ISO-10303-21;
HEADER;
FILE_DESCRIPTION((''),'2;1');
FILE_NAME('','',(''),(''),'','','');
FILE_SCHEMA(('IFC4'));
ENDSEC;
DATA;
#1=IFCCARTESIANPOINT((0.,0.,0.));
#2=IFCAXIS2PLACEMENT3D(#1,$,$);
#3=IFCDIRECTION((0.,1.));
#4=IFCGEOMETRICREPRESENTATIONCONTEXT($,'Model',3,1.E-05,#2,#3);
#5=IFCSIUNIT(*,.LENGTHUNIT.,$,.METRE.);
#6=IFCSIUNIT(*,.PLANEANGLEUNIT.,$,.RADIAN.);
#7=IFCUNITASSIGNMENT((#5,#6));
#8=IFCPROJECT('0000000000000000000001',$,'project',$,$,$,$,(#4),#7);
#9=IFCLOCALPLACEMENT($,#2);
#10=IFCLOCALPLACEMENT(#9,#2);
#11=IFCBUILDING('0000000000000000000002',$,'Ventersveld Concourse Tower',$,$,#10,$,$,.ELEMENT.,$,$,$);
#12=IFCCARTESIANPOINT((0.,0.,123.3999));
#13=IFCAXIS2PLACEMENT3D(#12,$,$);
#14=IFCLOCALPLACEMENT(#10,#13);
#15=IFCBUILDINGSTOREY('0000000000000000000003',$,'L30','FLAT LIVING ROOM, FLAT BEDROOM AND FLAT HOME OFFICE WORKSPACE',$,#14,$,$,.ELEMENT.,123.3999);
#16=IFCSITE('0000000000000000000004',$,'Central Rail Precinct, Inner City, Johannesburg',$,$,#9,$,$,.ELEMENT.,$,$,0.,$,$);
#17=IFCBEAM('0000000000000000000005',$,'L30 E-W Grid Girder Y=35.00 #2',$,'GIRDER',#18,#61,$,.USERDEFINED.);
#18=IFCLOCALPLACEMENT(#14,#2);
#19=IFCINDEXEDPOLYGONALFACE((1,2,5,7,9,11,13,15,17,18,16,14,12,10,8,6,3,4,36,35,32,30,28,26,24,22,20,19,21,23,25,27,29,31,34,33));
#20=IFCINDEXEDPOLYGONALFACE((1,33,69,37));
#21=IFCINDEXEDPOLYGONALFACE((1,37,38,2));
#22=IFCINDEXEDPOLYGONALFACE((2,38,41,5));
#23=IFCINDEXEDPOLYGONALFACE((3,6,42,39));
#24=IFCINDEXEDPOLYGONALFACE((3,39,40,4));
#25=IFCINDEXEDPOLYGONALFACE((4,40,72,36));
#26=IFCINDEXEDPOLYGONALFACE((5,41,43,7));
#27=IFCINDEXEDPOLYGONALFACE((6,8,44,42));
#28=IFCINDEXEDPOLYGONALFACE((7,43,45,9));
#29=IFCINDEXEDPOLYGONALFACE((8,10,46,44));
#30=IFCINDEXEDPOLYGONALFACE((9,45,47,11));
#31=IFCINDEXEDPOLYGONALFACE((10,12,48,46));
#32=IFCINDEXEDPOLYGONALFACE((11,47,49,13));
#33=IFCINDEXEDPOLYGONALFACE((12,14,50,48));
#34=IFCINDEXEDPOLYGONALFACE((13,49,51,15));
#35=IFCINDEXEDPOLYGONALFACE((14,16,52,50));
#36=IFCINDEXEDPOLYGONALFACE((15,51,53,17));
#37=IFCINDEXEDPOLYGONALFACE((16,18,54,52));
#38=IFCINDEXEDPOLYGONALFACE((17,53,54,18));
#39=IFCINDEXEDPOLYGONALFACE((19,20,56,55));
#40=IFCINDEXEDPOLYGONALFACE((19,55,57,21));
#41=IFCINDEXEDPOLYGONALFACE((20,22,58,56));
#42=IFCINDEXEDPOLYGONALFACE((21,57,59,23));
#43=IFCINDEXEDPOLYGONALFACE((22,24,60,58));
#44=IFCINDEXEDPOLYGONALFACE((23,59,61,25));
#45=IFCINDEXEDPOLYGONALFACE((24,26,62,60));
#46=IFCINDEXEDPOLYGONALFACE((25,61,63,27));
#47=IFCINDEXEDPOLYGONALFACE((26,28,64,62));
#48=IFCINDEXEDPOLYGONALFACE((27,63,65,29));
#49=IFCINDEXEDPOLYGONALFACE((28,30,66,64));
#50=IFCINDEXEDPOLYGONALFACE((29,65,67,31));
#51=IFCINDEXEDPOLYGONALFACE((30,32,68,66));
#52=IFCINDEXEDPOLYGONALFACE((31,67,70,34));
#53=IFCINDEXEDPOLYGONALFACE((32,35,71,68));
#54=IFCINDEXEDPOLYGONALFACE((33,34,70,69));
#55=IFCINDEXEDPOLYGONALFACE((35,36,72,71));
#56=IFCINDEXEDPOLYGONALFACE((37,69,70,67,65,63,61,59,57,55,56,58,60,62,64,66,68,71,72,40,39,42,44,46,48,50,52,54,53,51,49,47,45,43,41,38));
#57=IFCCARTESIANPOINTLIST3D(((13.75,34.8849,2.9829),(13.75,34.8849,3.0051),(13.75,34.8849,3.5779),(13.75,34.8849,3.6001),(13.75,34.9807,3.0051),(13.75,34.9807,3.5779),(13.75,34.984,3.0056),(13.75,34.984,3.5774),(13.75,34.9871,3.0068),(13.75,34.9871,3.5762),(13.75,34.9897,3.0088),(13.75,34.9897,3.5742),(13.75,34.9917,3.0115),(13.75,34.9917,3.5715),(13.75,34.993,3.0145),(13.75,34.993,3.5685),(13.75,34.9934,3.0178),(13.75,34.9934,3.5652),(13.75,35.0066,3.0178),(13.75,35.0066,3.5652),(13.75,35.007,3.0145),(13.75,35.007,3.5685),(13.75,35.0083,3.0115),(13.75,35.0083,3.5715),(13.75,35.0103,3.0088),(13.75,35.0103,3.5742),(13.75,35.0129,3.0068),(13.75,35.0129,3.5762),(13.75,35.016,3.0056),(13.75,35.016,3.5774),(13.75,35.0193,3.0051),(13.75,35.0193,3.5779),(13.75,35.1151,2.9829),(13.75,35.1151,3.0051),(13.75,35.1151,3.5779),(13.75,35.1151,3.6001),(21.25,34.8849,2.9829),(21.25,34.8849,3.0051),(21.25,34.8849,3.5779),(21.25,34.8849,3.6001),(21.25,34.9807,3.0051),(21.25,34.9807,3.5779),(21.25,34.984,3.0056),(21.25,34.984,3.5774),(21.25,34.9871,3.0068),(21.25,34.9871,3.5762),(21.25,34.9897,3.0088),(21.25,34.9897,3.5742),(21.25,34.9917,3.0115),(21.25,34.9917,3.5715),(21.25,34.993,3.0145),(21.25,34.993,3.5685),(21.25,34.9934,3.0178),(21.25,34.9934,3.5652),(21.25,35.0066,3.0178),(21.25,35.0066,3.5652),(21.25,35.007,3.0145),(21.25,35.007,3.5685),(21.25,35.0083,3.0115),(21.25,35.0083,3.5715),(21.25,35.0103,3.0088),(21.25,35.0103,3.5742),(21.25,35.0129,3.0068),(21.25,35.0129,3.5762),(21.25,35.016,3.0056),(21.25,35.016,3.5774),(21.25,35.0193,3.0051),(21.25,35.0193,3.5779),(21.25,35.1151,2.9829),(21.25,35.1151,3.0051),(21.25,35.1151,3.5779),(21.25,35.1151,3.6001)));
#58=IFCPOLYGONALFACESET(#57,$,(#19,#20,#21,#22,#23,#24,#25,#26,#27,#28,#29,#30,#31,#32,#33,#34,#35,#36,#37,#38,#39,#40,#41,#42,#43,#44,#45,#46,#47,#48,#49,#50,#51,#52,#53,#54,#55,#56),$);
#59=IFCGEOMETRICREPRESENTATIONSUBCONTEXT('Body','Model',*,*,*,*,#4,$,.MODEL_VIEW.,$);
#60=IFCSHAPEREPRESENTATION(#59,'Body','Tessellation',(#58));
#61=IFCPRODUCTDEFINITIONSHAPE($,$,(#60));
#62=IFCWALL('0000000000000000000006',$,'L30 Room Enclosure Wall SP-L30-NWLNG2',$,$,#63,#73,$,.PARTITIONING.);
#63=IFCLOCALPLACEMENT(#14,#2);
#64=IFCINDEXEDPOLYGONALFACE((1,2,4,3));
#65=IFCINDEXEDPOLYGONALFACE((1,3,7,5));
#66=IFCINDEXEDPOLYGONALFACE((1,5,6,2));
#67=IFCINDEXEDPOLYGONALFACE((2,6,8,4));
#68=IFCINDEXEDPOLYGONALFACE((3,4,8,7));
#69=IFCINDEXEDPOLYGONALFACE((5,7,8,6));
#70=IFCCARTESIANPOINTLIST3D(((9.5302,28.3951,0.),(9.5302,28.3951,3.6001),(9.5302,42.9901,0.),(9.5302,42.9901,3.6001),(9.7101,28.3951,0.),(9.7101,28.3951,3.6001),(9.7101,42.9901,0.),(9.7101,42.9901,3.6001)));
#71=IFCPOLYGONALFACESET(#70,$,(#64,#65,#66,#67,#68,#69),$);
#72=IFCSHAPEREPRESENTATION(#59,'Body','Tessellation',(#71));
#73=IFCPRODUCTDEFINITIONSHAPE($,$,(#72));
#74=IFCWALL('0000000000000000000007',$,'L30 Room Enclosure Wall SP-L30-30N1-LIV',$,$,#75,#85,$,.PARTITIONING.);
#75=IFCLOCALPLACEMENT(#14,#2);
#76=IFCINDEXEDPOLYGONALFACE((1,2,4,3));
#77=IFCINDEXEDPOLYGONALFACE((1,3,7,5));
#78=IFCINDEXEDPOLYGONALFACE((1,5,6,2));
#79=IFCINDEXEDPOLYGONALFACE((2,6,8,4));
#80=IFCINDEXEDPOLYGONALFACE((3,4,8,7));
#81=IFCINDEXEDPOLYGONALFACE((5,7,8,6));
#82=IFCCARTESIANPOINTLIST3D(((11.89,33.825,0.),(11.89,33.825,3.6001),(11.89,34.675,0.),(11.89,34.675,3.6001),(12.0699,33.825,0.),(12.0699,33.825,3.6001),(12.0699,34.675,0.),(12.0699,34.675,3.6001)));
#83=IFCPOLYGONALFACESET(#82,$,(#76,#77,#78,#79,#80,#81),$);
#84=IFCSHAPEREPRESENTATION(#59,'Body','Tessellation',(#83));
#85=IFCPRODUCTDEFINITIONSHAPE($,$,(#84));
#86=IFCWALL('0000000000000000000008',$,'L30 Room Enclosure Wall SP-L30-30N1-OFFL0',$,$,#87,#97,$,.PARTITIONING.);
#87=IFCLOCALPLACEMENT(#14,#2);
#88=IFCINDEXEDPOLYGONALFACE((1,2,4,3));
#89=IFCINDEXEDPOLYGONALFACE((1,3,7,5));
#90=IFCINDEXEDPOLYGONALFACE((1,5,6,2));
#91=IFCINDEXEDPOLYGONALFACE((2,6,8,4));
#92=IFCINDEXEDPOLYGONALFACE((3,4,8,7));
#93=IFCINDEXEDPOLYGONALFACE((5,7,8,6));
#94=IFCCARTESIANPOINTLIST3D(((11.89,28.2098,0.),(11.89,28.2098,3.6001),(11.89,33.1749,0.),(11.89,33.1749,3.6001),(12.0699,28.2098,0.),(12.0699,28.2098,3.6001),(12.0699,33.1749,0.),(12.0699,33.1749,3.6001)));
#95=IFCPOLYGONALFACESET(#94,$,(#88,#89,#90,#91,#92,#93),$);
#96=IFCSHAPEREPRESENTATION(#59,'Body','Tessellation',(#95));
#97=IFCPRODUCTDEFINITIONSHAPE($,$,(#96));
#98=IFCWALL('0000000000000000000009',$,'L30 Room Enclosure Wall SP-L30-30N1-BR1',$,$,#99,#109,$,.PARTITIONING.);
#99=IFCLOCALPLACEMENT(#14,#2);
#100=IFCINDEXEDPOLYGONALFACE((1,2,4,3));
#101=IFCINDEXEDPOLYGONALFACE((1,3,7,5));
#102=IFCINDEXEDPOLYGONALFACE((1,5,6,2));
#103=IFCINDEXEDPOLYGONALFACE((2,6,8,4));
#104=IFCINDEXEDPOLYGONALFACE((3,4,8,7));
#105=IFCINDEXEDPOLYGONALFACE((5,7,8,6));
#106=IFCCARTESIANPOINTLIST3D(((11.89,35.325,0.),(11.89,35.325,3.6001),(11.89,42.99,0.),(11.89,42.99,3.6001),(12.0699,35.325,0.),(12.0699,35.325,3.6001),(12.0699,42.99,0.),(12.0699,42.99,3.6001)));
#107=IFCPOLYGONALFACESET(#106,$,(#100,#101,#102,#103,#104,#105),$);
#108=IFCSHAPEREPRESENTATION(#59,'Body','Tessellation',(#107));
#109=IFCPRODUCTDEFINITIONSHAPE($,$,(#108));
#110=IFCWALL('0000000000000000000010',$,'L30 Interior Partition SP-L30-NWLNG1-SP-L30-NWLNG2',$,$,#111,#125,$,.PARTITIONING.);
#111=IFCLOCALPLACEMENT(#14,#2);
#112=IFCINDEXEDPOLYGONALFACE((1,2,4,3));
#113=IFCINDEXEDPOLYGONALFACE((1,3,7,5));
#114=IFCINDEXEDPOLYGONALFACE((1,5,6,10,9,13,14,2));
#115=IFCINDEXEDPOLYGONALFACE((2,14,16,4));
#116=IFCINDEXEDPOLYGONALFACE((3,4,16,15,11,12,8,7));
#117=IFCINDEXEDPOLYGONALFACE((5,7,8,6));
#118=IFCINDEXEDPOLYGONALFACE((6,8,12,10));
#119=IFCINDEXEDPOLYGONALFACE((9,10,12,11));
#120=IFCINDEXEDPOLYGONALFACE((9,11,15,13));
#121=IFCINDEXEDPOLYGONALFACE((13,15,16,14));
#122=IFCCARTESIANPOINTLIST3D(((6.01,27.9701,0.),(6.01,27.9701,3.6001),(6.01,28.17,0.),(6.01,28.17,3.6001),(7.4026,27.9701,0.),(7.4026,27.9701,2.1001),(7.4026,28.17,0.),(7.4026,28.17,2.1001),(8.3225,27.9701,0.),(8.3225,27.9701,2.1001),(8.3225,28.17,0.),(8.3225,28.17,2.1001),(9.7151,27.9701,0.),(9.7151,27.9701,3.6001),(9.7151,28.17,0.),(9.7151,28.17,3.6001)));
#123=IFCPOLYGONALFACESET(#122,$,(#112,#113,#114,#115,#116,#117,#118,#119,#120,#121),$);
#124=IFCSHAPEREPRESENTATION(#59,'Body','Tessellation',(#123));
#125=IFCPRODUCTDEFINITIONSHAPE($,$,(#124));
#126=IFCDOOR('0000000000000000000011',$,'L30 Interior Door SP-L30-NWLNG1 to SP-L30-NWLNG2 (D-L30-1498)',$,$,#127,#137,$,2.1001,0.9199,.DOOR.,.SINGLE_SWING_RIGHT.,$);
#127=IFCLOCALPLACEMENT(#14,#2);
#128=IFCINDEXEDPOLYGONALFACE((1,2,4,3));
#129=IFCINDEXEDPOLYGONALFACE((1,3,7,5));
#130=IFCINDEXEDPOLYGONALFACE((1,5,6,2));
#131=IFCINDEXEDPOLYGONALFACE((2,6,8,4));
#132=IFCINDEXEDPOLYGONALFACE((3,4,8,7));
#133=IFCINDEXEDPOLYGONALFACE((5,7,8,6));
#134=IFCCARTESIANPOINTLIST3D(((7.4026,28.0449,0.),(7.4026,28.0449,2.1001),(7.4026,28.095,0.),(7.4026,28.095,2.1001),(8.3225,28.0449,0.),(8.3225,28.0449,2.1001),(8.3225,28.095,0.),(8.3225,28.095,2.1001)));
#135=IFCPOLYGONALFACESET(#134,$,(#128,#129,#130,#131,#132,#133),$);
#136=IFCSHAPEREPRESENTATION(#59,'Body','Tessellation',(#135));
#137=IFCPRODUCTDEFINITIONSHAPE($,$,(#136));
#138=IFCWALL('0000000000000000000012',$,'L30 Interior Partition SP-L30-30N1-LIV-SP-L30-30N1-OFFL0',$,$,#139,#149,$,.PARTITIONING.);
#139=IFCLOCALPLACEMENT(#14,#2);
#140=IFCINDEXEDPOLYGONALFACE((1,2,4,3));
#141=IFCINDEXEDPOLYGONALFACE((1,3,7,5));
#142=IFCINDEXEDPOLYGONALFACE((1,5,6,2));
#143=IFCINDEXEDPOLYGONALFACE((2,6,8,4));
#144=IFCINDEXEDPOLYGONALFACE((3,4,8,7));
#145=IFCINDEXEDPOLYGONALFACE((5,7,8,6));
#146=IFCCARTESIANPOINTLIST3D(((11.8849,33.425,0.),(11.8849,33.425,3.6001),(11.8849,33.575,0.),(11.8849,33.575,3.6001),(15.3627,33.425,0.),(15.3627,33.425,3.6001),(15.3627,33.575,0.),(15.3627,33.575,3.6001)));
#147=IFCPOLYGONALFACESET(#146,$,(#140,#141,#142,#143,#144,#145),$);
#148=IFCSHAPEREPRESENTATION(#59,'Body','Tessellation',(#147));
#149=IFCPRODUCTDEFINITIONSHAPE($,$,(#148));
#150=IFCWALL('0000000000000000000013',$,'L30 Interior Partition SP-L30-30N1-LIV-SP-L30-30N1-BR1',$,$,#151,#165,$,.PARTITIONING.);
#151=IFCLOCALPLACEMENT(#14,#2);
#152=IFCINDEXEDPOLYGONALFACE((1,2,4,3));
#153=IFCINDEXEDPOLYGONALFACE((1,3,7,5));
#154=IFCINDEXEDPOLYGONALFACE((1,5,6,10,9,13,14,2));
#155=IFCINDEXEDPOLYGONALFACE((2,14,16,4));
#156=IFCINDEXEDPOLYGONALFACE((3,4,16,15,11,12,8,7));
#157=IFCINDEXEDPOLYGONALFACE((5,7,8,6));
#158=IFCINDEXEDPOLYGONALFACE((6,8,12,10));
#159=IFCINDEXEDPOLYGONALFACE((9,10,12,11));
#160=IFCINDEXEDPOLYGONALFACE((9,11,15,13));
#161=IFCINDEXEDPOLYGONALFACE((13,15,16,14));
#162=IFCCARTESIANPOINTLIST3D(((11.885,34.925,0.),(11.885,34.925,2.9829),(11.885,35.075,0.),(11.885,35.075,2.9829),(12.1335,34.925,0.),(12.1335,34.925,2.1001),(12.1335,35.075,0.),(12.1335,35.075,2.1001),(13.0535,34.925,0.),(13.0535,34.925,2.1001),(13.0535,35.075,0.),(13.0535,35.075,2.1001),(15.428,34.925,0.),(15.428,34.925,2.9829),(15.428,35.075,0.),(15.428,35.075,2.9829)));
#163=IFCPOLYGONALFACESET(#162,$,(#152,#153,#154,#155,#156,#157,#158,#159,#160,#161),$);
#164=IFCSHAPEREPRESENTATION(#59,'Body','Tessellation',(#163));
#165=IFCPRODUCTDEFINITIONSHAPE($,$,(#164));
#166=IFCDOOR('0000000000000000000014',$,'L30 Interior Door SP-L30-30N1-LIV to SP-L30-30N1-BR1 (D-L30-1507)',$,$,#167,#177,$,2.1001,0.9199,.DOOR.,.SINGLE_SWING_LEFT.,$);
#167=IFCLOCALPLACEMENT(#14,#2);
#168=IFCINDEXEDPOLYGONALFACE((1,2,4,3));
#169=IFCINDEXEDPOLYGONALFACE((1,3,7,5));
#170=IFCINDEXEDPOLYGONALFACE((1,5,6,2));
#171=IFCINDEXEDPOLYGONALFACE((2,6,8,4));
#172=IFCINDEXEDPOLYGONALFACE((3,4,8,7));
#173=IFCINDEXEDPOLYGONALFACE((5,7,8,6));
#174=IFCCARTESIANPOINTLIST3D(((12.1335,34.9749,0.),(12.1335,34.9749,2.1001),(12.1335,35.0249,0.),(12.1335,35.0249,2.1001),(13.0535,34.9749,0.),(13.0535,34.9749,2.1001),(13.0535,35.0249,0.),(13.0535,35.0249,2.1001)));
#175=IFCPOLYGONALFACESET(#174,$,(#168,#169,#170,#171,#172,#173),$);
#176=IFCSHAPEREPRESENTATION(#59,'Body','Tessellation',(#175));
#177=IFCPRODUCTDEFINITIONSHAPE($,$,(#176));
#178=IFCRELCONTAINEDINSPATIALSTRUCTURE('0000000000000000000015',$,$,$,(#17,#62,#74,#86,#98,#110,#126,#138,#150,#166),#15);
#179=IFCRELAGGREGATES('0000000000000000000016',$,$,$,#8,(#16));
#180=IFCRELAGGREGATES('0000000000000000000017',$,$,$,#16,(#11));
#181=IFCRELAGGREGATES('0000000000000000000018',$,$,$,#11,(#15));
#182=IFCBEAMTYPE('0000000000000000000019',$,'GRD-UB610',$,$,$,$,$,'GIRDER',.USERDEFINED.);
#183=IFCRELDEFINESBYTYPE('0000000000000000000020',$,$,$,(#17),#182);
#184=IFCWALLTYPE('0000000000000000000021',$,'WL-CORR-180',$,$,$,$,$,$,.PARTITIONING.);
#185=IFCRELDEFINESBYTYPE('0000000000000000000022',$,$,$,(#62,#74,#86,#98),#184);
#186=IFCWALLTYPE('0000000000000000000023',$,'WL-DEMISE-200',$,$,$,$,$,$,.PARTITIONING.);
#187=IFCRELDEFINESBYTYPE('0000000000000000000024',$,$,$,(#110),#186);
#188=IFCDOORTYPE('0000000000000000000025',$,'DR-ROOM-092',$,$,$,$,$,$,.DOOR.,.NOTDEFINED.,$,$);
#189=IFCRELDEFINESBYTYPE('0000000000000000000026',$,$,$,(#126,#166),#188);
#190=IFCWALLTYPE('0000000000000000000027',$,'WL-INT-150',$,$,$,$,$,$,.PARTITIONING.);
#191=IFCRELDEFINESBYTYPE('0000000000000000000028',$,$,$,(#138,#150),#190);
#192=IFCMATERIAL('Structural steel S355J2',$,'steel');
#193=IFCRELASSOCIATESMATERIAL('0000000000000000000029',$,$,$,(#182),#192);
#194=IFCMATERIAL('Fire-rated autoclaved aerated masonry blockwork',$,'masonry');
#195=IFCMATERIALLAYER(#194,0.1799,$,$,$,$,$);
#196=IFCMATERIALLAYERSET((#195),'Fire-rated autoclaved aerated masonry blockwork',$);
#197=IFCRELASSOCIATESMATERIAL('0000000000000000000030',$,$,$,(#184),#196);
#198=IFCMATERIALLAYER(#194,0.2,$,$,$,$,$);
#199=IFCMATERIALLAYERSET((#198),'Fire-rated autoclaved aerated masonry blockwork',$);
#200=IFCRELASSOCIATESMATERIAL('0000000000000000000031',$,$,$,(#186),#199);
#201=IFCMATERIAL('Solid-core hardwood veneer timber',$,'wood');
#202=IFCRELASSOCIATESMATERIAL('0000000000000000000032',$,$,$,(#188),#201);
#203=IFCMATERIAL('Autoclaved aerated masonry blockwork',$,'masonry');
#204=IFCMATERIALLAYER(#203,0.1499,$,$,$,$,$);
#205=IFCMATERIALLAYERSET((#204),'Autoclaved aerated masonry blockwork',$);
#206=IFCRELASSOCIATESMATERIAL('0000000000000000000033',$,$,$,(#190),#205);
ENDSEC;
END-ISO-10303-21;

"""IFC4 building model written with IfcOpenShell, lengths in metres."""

from ifc_helpers import new_model, si_unit, direction, frame, frame_2d, origin, origin_2d, place, context, subcontext, project, spatial, rectangle, i_section, extrude, material, layer, layer_set, material_profile, profile_set, type_object, element, fill, save


model = new_model("IFC4")

# Units and contexts
model_context = context("Model", 3, precision=1e-05, world=origin(), true_north=direction((0.0, 1.0)))
body_context = subcontext(model_context, "Body", "Model", "MODEL_VIEW")
ifc_project = project(units=[si_unit("LENGTHUNIT", "METRE"), si_unit("PLANEANGLEUNIT", "RADIAN")], contexts=[model_context])

# Site, building, storey
site_placement = place(None, origin())
site = spatial("IfcSite", under=ifc_project, at=site_placement, Name="Central Rail Precinct, Inner City, Johannesburg", CompositionType="ELEMENT", RefElevation=0.0)
building_placement = place(site_placement, origin())
building = spatial("IfcBuilding", under=site, at=building_placement, Name="Ventersveld Concourse Tower", CompositionType="ELEMENT")
storey_placement = place(building_placement, frame((0.0, 0.0, 123.3999)))
storey = spatial("IfcBuildingStorey", under=building, at=storey_placement, Name="L30", Description="FLAT LIVING ROOM, FLAT BEDROOM AND FLAT HOME OFFICE WORKSPACE", CompositionType="ELEMENT", Elevation=123.3999)

# Beam
ifc_material_1 = material(Name="Structural steel S355J2", Category="steel")
ifc_material_profile_1 = material_profile(ifc_material_1, i_section(OverallWidth=0.2302, OverallDepth=0.6172, WebThickness=0.0132, FlangeThickness=0.0222, FilletRadius=0.0127, at=origin_2d()), Name="UB 610x229x140")
ifc_profile_set_1 = profile_set([ifc_material_profile_1], Name="Structural steel S355J2")
beam_type_1 = type_object("IfcBeamType", Name="GRD-UB610", ElementType="GIRDER", PredefinedType="USERDEFINED", material=ifc_profile_set_1)
beam_1_placement = place(storey_placement, frame((13.75, 35.0, 3.2915), z_axis=(1.0, 0.0, 0.0), x_axis=(0.0, 1.0, 0.0)))
element("IfcBeam", 1, at=beam_1_placement, inside=storey, type_object=beam_type_1, Name="L30 E-W Grid Girder Y=35.00 #2", ObjectType="GIRDER", PredefinedType="USERDEFINED", context=body_context, shape_type="SweptSolid", body=[
    extrude(i_section(OverallWidth=0.2302, OverallDepth=0.6172, WebThickness=0.0132, FlangeThickness=0.0222, FilletRadius=0.0127, at=origin_2d()), origin(), (0.0, 0.0, 1.0), 7.5),
])

# Walls
ifc_material_2 = material(Name="Fire-rated autoclaved aerated masonry blockwork", Category="masonry")
ifc_layer_1 = layer(ifc_material_2, 0.1799)
ifc_layer_set_1 = layer_set([ifc_layer_1], Name="Fire-rated autoclaved aerated masonry blockwork")
wall_type_1 = type_object("IfcWallType", Name="WL-CORR-180", PredefinedType="PARTITIONING", material=ifc_layer_set_1)
wall_1_placement = place(storey_placement, frame((9.6201, 42.99, 0.0), z_axis=(0.0, 0.0, 1.0), x_axis=(0.0, -1.0, 0.0)))
element("IfcWall", 2, at=wall_1_placement, inside=storey, type_object=wall_type_1, Name="L30 Room Enclosure Wall SP-L30-NWLNG2", PredefinedType="PARTITIONING", context=body_context, shape_type="SweptSolid", body=[
    extrude(rectangle(XDim=14.595, YDim=0.1799, at=frame_2d((7.2974, 0.0))), origin(), (0.0, 0.0, 1.0), 3.6001),
])
wall_2_placement = place(storey_placement, frame((11.98, 33.825, 0.0), z_axis=(0.0, 0.0, 1.0), x_axis=(0.0, 1.0, 0.0)))
element("IfcWall", 3, at=wall_2_placement, inside=storey, type_object=wall_type_1, Name="L30 Room Enclosure Wall SP-L30-30N1-LIV", PredefinedType="PARTITIONING", context=body_context, shape_type="SweptSolid", body=[
    extrude(rectangle(XDim=0.8501, YDim=0.1799, at=frame_2d((0.425, 0.0))), origin(), (0.0, 0.0, 1.0), 3.6001),
])
wall_3_placement = place(storey_placement, frame((11.98, 28.21, 0.0), z_axis=(0.0, 0.0, 1.0), x_axis=(0.0, 1.0, 0.0)))
element("IfcWall", 4, at=wall_3_placement, inside=storey, type_object=wall_type_1, Name="L30 Room Enclosure Wall SP-L30-30N1-OFFL0", PredefinedType="PARTITIONING", context=body_context, shape_type="SweptSolid", body=[
    extrude(rectangle(XDim=4.9651, YDim=0.1799, at=frame_2d((2.4824, 0.0))), origin(), (0.0, 0.0, 1.0), 3.6001),
])
wall_4_placement = place(storey_placement, frame((11.98, 35.325, 0.0), z_axis=(0.0, 0.0, 1.0), x_axis=(0.0, 1.0, 0.0)))
element("IfcWall", 5, at=wall_4_placement, inside=storey, type_object=wall_type_1, Name="L30 Room Enclosure Wall SP-L30-30N1-BR1", PredefinedType="PARTITIONING", context=body_context, shape_type="SweptSolid", body=[
    extrude(rectangle(XDim=7.665, YDim=0.1799, at=frame_2d((3.8325, 0.0))), origin(), (0.0, 0.0, 1.0), 3.6001),
])

# Wall, opening, door
ifc_layer_2 = layer(ifc_material_2, 0.2)
ifc_layer_set_2 = layer_set([ifc_layer_2], Name="Fire-rated autoclaved aerated masonry blockwork")
wall_type_2 = type_object("IfcWallType", Name="WL-DEMISE-200", PredefinedType="PARTITIONING", material=ifc_layer_set_2)
wall_5_placement = place(storey_placement, frame((6.01, 28.0701, 0.0), z_axis=(0.0, 0.0, 1.0), x_axis=(1.0, 0.0, 0.0)))
wall_5 = element("IfcWall", 6, at=wall_5_placement, inside=storey, type_object=wall_type_2, Name="L30 Interior Partition SP-L30-NWLNG1-SP-L30-NWLNG2", PredefinedType="PARTITIONING", context=body_context, shape_type="SweptSolid", body=[
    extrude(rectangle(XDim=3.7051, YDim=0.2, at=frame_2d((1.8525, 0.0))), origin(), (0.0, 0.0, 1.0), 3.6001),
])
opening_1_placement = place(wall_5_placement, frame((1.3926, 0.0, 0.0)))
opening_1 = element("IfcOpeningElement", 7, at=opening_1_placement, cuts=wall_5, PredefinedType="OPENING", context=body_context, shape_type="SweptSolid", body=[
    extrude(rectangle(XDim=0.9199, YDim=2.1001, at=frame_2d((0.46, 1.05))), frame((0.0, 0.1099, 0.0), z_axis=(0.0, -1.0, 0.0), x_axis=(1.0, 0.0, 0.0)), (0.0, 0.0, 1.0), 0.22),
])
ifc_material_3 = material(Name="Solid-core hardwood veneer timber", Category="wood")
door_type_1 = type_object("IfcDoorType", Name="DR-ROOM-092", OperationType="NOTDEFINED", PredefinedType="DOOR", material=ifc_material_3)
door_1_placement = place(opening_1_placement, origin())
door_1 = element("IfcDoor", 8, at=door_1_placement, inside=storey, type_object=door_type_1, Name="L30 Interior Door SP-L30-NWLNG1 to SP-L30-NWLNG2 (D-L30-1498)", OperationType="SINGLE_SWING_RIGHT", OverallHeight=2.1001, OverallWidth=0.9199, PredefinedType="DOOR", context=body_context, shape_type="SweptSolid", body=[
    extrude(rectangle(XDim=0.9199, YDim=2.1001, at=frame_2d((0.46, 1.05))), frame((0.0, 0.0249, 0.0), z_axis=(0.0, -1.0, 0.0), x_axis=(1.0, 0.0, 0.0)), (0.0, 0.0, 1.0), 0.05),
])
fill(opening_1, door_1)

# Wall
ifc_material_4 = material(Name="Autoclaved aerated masonry blockwork", Category="masonry")
ifc_layer_3 = layer(ifc_material_4, 0.1499)
ifc_layer_set_3 = layer_set([ifc_layer_3], Name="Autoclaved aerated masonry blockwork")
wall_type_3 = type_object("IfcWallType", Name="WL-INT-150", PredefinedType="PARTITIONING", material=ifc_layer_set_3)
wall_6_placement = place(storey_placement, frame((11.885, 33.5, 0.0), z_axis=(0.0, 0.0, 1.0), x_axis=(1.0, 0.0, 0.0)))
element("IfcWall", 9, at=wall_6_placement, inside=storey, type_object=wall_type_3, Name="L30 Interior Partition SP-L30-30N1-LIV-SP-L30-30N1-OFFL0", PredefinedType="PARTITIONING", context=body_context, shape_type="SweptSolid", body=[
    extrude(rectangle(XDim=3.4778, YDim=0.1499, at=frame_2d((1.7388, 0.0))), origin(), (0.0, 0.0, 1.0), 3.6001),
])

# Wall, opening, door
wall_7_placement = place(storey_placement, frame((11.885, 35.0, 0.0), z_axis=(0.0, 0.0, 1.0), x_axis=(1.0, 0.0, 0.0)))
wall_7 = element("IfcWall", 10, at=wall_7_placement, inside=storey, type_object=wall_type_3, Name="L30 Interior Partition SP-L30-30N1-LIV-SP-L30-30N1-BR1", PredefinedType="PARTITIONING", context=body_context, shape_type="SweptSolid", body=[
    extrude(rectangle(XDim=3.543, YDim=0.1499, at=frame_2d((1.7715, 0.0))), origin(), (0.0, 0.0, 1.0), 2.9829),
])
opening_2_placement = place(wall_7_placement, frame((0.2485, 0.0, 0.0)))
opening_2 = element("IfcOpeningElement", 11, at=opening_2_placement, cuts=wall_7, PredefinedType="OPENING", context=body_context, shape_type="SweptSolid", body=[
    extrude(rectangle(XDim=0.9199, YDim=2.1001, at=frame_2d((0.46, 1.05))), frame((0.0, 0.085, 0.0), z_axis=(0.0, -1.0, 0.0), x_axis=(1.0, 0.0, 0.0)), (0.0, 0.0, 1.0), 0.1699),
])
door_2_placement = place(opening_2_placement, origin())
door_2 = element("IfcDoor", 12, at=door_2_placement, inside=storey, type_object=door_type_1, Name="L30 Interior Door SP-L30-30N1-LIV to SP-L30-30N1-BR1 (D-L30-1507)", OperationType="SINGLE_SWING_LEFT", OverallHeight=2.1001, OverallWidth=0.9199, PredefinedType="DOOR", context=body_context, shape_type="SweptSolid", body=[
    extrude(rectangle(XDim=0.9199, YDim=2.1001, at=frame_2d((0.46, 1.05))), frame((0.0, 0.0249, 0.0), z_axis=(0.0, -1.0, 0.0), x_axis=(1.0, 0.0, 0.0)), (0.0, 0.0, 1.0), 0.05),
])
fill(opening_2, door_2)

save(model, "model.ifc")
